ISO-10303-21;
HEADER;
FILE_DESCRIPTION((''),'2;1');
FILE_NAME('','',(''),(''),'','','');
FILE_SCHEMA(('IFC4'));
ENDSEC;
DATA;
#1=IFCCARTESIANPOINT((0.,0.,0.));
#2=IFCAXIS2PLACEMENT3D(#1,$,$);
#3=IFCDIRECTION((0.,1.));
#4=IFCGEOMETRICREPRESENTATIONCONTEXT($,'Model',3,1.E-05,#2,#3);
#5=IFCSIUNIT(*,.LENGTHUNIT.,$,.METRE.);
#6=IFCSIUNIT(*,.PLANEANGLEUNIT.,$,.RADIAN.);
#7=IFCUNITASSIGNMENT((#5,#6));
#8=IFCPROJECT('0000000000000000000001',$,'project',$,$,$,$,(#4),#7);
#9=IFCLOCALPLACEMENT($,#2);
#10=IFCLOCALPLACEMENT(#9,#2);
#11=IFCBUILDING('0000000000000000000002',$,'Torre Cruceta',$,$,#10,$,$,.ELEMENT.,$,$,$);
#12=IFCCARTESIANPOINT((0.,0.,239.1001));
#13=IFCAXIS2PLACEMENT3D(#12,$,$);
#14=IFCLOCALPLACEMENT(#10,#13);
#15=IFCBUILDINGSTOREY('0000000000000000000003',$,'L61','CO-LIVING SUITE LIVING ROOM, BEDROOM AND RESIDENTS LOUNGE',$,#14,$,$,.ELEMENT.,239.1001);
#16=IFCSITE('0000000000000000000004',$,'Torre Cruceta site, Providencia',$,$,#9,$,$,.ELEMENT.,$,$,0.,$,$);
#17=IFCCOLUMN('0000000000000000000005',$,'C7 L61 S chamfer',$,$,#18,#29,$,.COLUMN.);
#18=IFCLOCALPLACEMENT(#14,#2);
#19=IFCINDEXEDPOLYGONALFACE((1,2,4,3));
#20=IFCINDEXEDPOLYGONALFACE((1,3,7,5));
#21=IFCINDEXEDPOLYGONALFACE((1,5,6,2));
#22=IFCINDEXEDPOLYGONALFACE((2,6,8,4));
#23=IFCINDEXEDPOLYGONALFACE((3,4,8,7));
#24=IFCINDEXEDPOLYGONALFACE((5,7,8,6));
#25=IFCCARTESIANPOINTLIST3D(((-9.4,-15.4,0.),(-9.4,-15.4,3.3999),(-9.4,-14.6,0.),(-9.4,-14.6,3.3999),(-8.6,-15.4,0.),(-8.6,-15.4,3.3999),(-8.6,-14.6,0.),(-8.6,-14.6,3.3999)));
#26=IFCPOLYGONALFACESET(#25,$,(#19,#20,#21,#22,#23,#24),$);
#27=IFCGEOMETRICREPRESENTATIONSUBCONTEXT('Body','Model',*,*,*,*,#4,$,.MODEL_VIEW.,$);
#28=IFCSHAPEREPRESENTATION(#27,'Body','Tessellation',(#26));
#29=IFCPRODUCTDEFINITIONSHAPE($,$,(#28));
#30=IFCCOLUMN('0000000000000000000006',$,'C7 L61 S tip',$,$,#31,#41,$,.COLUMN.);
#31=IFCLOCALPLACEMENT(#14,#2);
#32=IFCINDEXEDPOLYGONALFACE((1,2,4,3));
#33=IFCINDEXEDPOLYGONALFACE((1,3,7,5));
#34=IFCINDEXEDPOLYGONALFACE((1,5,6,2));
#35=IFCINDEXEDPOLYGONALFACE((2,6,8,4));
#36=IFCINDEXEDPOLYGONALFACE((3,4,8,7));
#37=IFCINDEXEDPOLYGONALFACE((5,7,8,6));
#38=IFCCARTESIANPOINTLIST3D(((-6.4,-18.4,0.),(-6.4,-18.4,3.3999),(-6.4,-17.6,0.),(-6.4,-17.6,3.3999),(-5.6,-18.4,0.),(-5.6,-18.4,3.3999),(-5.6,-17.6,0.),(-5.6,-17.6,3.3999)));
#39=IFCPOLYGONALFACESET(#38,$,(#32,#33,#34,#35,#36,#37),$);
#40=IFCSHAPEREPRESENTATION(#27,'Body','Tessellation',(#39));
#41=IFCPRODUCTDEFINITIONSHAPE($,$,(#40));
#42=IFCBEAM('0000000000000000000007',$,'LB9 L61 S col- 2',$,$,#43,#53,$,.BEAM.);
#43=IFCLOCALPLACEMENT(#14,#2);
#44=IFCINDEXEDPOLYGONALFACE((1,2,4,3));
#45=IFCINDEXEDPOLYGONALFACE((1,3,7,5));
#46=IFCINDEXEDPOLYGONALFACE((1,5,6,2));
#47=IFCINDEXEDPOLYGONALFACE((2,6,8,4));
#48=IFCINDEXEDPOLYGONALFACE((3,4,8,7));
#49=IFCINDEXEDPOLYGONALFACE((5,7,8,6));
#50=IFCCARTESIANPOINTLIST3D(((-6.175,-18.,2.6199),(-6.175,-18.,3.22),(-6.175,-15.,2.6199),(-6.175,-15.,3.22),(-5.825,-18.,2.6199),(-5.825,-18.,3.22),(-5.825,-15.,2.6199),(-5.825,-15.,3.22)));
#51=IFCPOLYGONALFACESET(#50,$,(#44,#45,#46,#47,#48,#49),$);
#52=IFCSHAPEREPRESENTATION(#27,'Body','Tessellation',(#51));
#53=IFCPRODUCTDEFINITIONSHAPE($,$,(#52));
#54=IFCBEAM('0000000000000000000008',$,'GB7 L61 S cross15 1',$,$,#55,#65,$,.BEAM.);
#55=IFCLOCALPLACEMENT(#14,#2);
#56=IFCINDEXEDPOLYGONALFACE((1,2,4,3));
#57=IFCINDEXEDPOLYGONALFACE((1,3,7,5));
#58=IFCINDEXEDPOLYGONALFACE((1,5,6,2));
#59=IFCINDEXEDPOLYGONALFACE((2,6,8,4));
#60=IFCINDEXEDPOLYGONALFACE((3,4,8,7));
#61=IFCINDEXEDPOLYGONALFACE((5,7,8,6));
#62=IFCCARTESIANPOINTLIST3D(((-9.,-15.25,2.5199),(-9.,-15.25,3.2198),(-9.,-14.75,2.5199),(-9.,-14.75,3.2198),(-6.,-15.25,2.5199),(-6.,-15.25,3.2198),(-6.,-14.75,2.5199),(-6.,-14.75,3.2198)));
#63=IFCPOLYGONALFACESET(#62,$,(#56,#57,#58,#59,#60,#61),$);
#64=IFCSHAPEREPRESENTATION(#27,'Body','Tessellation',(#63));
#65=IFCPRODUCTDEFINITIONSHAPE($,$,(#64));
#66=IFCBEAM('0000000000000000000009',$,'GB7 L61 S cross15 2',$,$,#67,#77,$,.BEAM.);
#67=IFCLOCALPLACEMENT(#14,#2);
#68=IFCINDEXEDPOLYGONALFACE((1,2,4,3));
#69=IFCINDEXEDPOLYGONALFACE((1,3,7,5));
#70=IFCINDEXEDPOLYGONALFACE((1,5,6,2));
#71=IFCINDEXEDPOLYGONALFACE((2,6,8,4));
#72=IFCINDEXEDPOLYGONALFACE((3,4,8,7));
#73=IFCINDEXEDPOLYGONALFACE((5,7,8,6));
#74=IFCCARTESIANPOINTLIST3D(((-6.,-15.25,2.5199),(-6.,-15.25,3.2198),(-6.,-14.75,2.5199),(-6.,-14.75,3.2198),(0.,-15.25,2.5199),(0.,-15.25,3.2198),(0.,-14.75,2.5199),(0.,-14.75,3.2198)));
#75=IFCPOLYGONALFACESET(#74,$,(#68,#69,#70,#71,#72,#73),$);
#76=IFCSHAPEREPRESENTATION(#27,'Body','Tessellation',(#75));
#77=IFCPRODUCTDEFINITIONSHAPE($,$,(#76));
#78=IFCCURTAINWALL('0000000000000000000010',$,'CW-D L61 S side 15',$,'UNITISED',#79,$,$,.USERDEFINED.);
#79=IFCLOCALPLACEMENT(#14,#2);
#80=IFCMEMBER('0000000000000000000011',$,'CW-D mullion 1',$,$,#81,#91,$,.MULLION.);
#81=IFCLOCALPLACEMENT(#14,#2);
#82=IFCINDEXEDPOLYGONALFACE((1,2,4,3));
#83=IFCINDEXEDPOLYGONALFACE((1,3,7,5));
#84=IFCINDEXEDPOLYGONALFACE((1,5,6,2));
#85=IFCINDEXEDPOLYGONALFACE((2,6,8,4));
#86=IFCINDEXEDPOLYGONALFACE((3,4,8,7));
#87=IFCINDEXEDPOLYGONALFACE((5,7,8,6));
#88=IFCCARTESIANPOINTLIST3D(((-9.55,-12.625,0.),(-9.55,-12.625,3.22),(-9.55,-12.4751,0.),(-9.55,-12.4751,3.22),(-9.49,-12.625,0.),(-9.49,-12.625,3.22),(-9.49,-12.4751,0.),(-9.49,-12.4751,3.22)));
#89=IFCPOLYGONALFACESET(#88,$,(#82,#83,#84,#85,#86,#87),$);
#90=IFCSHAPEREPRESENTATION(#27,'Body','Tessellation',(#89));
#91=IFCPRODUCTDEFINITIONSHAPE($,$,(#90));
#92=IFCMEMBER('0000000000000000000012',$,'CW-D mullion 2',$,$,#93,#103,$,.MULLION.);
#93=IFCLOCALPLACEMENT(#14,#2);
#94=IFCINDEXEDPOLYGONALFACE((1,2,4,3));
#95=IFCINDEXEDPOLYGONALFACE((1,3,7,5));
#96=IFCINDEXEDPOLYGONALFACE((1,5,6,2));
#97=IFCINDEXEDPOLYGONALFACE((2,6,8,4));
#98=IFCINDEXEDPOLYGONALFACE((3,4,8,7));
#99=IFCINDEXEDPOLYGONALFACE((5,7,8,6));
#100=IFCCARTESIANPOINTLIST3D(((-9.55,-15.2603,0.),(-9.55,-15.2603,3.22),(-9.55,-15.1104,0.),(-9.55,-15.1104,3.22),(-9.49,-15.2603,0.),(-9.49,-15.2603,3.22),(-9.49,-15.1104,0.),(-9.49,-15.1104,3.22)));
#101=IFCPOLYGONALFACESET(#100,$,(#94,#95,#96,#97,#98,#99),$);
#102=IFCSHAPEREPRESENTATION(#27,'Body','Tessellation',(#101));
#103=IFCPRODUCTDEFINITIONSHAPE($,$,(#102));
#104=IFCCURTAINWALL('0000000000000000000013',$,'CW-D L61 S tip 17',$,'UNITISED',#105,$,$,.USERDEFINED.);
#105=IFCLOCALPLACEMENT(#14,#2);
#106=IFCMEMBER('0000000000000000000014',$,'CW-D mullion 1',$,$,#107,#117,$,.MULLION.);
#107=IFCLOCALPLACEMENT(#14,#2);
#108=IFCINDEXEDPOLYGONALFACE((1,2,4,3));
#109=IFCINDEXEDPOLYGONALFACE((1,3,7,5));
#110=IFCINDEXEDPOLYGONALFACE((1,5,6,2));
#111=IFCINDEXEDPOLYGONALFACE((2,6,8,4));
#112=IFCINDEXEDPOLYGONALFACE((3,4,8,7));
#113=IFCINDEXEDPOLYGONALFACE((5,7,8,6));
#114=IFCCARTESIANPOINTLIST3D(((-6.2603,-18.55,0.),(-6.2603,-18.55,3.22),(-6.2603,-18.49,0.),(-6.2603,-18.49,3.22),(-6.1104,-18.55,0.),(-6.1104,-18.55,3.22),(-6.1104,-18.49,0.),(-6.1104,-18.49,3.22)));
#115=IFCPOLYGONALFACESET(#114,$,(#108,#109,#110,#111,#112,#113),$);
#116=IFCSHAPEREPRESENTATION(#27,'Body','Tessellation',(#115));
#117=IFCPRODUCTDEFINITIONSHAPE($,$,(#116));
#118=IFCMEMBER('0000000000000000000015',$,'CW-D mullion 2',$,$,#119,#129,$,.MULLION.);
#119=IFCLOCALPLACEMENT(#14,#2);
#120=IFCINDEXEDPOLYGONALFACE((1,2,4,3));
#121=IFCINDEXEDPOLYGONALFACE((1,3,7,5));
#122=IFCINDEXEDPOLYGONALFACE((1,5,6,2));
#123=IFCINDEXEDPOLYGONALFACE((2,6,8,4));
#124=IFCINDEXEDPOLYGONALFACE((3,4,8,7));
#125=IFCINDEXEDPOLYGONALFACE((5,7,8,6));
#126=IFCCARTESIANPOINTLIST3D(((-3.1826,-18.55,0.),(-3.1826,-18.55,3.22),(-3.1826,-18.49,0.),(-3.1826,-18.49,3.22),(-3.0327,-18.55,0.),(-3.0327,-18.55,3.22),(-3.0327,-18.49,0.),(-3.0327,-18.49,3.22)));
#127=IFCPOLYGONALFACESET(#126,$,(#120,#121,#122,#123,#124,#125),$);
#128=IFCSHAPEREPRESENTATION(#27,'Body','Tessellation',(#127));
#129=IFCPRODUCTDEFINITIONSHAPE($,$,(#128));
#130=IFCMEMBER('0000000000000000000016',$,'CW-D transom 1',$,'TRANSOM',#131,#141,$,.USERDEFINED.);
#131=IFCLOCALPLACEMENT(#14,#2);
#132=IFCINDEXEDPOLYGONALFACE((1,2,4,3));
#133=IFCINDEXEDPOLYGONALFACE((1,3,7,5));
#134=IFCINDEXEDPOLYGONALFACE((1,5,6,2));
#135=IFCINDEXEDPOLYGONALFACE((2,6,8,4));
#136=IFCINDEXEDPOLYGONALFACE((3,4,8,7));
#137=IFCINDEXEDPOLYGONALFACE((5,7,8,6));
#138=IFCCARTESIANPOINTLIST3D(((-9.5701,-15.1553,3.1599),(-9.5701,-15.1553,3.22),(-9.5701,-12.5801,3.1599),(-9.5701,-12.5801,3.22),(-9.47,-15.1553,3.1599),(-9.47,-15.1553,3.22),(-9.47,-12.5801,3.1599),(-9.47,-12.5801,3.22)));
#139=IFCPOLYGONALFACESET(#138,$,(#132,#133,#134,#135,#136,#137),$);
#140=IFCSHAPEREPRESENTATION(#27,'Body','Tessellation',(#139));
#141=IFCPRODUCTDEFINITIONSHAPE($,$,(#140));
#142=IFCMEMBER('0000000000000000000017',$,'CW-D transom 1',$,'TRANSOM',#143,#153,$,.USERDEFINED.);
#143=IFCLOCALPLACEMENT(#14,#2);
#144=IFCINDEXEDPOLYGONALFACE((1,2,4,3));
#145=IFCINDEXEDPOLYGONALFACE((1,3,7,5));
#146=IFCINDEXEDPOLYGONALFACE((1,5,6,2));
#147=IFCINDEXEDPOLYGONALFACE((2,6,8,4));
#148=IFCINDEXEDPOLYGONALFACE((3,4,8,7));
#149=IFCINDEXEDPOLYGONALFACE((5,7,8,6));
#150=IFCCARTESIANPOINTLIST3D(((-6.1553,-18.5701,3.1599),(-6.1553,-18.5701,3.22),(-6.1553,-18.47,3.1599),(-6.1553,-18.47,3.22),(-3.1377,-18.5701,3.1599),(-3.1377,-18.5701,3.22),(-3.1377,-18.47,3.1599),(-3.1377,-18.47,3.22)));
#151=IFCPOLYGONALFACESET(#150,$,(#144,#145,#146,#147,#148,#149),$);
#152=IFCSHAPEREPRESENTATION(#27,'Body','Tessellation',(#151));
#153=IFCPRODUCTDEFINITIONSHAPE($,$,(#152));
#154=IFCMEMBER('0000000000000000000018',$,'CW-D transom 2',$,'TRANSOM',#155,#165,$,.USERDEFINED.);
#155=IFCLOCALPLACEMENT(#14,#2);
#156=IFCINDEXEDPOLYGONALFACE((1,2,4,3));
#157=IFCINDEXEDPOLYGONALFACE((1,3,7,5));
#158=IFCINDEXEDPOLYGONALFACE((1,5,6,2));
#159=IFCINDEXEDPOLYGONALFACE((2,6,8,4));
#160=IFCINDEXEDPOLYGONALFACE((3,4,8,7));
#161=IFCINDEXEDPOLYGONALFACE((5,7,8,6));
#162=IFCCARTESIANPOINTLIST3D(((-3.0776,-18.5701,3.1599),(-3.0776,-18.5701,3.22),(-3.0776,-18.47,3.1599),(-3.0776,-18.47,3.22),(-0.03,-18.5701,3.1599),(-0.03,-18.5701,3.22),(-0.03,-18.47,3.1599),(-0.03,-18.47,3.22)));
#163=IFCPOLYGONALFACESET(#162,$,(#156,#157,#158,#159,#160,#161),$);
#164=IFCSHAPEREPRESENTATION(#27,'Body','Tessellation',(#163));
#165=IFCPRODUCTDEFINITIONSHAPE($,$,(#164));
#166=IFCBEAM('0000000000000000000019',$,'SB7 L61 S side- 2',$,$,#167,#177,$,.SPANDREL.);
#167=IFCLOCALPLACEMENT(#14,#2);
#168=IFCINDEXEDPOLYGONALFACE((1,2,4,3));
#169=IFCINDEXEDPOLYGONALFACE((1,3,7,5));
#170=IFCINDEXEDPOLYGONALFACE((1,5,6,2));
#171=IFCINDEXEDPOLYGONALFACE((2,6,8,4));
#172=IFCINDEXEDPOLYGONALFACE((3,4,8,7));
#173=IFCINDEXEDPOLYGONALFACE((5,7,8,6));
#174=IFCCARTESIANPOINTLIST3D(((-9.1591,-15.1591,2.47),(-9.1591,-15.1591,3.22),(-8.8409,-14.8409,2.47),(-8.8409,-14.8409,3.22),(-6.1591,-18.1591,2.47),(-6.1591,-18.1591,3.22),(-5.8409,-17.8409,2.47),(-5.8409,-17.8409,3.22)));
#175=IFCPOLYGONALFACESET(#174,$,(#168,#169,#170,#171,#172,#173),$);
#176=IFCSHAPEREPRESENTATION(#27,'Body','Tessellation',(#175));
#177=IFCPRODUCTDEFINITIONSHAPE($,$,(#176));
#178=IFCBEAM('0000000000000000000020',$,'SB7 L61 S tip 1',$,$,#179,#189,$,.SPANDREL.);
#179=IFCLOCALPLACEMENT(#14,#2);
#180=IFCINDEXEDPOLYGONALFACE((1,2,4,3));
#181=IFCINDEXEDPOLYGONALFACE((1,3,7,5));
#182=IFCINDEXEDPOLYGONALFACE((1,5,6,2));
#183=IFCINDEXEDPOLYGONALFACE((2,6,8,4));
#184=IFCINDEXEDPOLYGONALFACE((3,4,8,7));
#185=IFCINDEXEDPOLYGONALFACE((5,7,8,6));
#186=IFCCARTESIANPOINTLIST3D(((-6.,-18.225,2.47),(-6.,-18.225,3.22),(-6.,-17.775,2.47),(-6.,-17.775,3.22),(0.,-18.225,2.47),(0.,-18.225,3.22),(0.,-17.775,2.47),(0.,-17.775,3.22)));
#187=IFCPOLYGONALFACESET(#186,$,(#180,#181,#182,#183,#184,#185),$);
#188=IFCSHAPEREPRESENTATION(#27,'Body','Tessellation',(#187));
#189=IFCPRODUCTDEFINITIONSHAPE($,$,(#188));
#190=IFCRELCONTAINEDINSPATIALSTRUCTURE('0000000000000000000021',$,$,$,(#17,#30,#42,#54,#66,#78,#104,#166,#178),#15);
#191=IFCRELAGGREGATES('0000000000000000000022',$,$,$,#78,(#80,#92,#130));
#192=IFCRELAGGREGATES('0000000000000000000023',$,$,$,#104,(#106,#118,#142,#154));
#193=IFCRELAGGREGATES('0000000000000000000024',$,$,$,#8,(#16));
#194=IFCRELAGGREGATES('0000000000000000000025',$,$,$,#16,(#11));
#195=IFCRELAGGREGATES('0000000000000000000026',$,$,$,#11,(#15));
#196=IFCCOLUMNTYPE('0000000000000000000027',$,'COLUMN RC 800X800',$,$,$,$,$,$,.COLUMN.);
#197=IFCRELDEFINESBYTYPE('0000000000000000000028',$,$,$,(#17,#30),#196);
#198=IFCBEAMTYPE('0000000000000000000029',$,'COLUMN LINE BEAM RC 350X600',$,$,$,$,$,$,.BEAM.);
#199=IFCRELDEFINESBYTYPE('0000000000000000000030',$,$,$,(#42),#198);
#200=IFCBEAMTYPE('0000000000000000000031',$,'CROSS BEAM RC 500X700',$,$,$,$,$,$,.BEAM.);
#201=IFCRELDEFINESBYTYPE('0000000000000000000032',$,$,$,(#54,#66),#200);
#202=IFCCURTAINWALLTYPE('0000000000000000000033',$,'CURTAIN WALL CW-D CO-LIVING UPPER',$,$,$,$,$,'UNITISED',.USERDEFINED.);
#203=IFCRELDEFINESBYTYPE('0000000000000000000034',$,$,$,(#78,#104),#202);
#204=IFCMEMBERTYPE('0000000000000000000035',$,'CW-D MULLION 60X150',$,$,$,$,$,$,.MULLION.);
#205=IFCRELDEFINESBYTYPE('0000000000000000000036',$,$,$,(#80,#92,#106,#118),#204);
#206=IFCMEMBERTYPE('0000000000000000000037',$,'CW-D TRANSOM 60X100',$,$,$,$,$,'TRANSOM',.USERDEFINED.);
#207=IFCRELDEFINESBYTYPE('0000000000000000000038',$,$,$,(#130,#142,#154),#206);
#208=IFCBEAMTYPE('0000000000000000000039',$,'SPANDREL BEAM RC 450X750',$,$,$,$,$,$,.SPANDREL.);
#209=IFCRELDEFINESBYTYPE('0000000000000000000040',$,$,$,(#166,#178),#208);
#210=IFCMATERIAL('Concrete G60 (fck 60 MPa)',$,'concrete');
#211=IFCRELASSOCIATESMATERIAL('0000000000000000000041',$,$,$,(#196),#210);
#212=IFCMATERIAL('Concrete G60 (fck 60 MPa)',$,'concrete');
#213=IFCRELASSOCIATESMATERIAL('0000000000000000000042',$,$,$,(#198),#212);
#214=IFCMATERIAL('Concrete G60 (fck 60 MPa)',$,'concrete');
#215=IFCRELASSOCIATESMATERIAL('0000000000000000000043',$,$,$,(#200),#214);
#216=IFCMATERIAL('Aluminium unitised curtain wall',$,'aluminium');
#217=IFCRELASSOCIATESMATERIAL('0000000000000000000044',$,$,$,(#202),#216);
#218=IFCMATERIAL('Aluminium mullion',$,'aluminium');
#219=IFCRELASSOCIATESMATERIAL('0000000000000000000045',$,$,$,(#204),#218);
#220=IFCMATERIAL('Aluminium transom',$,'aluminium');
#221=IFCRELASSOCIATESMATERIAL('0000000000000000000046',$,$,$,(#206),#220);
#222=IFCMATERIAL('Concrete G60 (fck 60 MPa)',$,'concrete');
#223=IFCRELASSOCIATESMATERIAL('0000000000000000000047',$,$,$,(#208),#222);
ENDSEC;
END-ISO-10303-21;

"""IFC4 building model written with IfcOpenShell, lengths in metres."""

from ifc_helpers import new_model, si_unit, direction, frame, origin, origin_2d, place, context, subcontext, project, spatial, rectangle, extrude, material, material_profile, profile_set, type_object, element, aggregate, save


model = new_model("IFC4")

# Units and contexts
model_context = context("Model", 3, precision=1e-05, world=origin(), true_north=direction((0.0, 1.0)))
body_context = subcontext(model_context, "Body", "Model", "MODEL_VIEW")
ifc_project = project(units=[si_unit("LENGTHUNIT", "METRE"), si_unit("PLANEANGLEUNIT", "RADIAN")], contexts=[model_context])

# Site, building, storey
site_placement = place(None, origin())
site = spatial("IfcSite", under=ifc_project, at=site_placement, Name="Torre Cruceta site, Providencia", CompositionType="ELEMENT", RefElevation=0.0)
building_placement = place(site_placement, origin())
building = spatial("IfcBuilding", under=site, at=building_placement, Name="Torre Cruceta", CompositionType="ELEMENT")
storey_placement = place(building_placement, frame((0.0, 0.0, 239.1001)))
storey = spatial("IfcBuildingStorey", under=building, at=storey_placement, Name="L61", Description="CO-LIVING SUITE LIVING ROOM, BEDROOM AND RESIDENTS LOUNGE", CompositionType="ELEMENT", Elevation=239.1001)

# Columns
ifc_material_1 = material(Name="Concrete G60 (fck 60 MPa)", Category="concrete")
ifc_material_profile_1 = material_profile(ifc_material_1, rectangle(XDim=0.8, YDim=0.8, at=origin_2d()), Name="RC 800X800")
ifc_profile_set_1 = profile_set([ifc_material_profile_1], Name="Concrete G60 (fck 60 MPa)")
column_type = type_object("IfcColumnType", Name="COLUMN RC 800X800", PredefinedType="COLUMN", material=ifc_profile_set_1)
for number, where, z_axis, x_axis, name in (
    (1, (-9.0, -15.0, 0.0), (0.0, 0.0, 1.0), (1.0, 0.0, 0.0), "C7 L61 S chamfer"),
    (2, (-6.0, -18.0, 0.0), (0.0, 0.0, 1.0), (1.0, 0.0, 0.0), "C7 L61 S tip"),
):
    element("IfcColumn", number, at=place(storey_placement, frame(where, z_axis=z_axis, x_axis=x_axis)), inside=storey, type_object=column_type, Name=name, PredefinedType="COLUMN", context=body_context, shape_type="SweptSolid", body=[
        extrude(rectangle(XDim=0.8, YDim=0.8, at=origin_2d()), origin(), (0.0, 0.0, 1.0), 3.3999),
    ])

# Beams
ifc_material_2 = material(Name="Concrete G60 (fck 60 MPa)", Category="concrete")
ifc_material_profile_2 = material_profile(ifc_material_2, rectangle(XDim=0.3501, YDim=0.6001, at=origin_2d()), Name="RC 350X600")
ifc_profile_set_2 = profile_set([ifc_material_profile_2], Name="Concrete G60 (fck 60 MPa)")
beam_type_1 = type_object("IfcBeamType", Name="COLUMN LINE BEAM RC 350X600", PredefinedType="BEAM", material=ifc_profile_set_2)
beam_1_placement = place(storey_placement, frame((-6.0, -15.0, 2.9199), z_axis=(0.0, -1.0, 0.0), x_axis=(1.0, 0.0, 0.0)))
element("IfcBeam", 3, at=beam_1_placement, inside=storey, type_object=beam_type_1, Name="LB9 L61 S col- 2", PredefinedType="BEAM", context=body_context, shape_type="SweptSolid", body=[
    extrude(rectangle(XDim=0.3501, YDim=0.6001, at=origin_2d()), origin(), (0.0, 0.0, 1.0), 3.0),
])
ifc_material_3 = material(Name="Concrete G60 (fck 60 MPa)", Category="concrete")
ifc_material_profile_3 = material_profile(ifc_material_3, rectangle(XDim=0.5, YDim=0.7, at=origin_2d()), Name="RC 500X700")
ifc_profile_set_3 = profile_set([ifc_material_profile_3], Name="Concrete G60 (fck 60 MPa)")
beam_type_2 = type_object("IfcBeamType", Name="CROSS BEAM RC 500X700", PredefinedType="BEAM", material=ifc_profile_set_3)
beam_2_placement = place(storey_placement, frame((-9.0, -15.0, 2.8699), z_axis=(1.0, 0.0, 0.0), x_axis=(0.0, 1.0, 0.0)))
element("IfcBeam", 4, at=beam_2_placement, inside=storey, type_object=beam_type_2, Name="GB7 L61 S cross15 1", PredefinedType="BEAM", context=body_context, shape_type="SweptSolid", body=[
    extrude(rectangle(XDim=0.5, YDim=0.7, at=origin_2d()), origin(), (0.0, 0.0, 1.0), 3.0),
])
beam_3_placement = place(storey_placement, frame((-6.0, -15.0, 2.8699), z_axis=(1.0, 0.0, 0.0), x_axis=(0.0, 1.0, 0.0)))
element("IfcBeam", 5, at=beam_3_placement, inside=storey, type_object=beam_type_2, Name="GB7 L61 S cross15 2", PredefinedType="BEAM", context=body_context, shape_type="SweptSolid", body=[
    extrude(rectangle(XDim=0.5, YDim=0.7, at=origin_2d()), origin(), (0.0, 0.0, 1.0), 6.0),
])

# Curtain walls, members
ifc_material_4 = material(Name="Aluminium unitised curtain wall", Category="aluminium")
curtain_wall_type = type_object("IfcCurtainWallType", Name="CURTAIN WALL CW-D CO-LIVING UPPER", ElementType="UNITISED", PredefinedType="USERDEFINED", material=ifc_material_4)
curtain_wall_1_placement = place(storey_placement, origin())
curtain_wall_1 = element("IfcCurtainWall", 6, at=curtain_wall_1_placement, inside=storey, type_object=curtain_wall_type, Name="CW-D L61 S side 15", ObjectType="UNITISED", PredefinedType="USERDEFINED")
ifc_material_5 = material(Name="Aluminium mullion", Category="aluminium")
ifc_material_profile_4 = material_profile(ifc_material_5, rectangle(XDim=0.0601, YDim=0.1499, at=origin_2d()), Name="AL 60X150")
ifc_profile_set_4 = profile_set([ifc_material_profile_4], Name="Aluminium mullion")
member_type_1 = type_object("IfcMemberType", Name="CW-D MULLION 60X150", PredefinedType="MULLION", material=ifc_profile_set_4)
member_1_placement = place(storey_placement, frame((-9.52, -12.55, 0.0), z_axis=(0.0, 0.0, 1.0), x_axis=(1.0, 0.0, 0.0)))
member_1 = element("IfcMember", 7, at=member_1_placement, type_object=member_type_1, Name="CW-D mullion 1", PredefinedType="MULLION", context=body_context, shape_type="SweptSolid", body=[
    extrude(rectangle(XDim=0.0601, YDim=0.1499, at=origin_2d()), origin(), (0.0, 0.0, 1.0), 3.22),
])
member_2_placement = place(storey_placement, frame((-9.52, -15.1853, 0.0), z_axis=(0.0, 0.0, 1.0), x_axis=(1.0, 0.0, 0.0)))
member_2 = element("IfcMember", 8, at=member_2_placement, type_object=member_type_1, Name="CW-D mullion 2", PredefinedType="MULLION", context=body_context, shape_type="SweptSolid", body=[
    extrude(rectangle(XDim=0.0601, YDim=0.1499, at=origin_2d()), origin(), (0.0, 0.0, 1.0), 3.22),
])
curtain_wall_2_placement = place(storey_placement, origin())
curtain_wall_2 = element("IfcCurtainWall", 9, at=curtain_wall_2_placement, inside=storey, type_object=curtain_wall_type, Name="CW-D L61 S tip 17", ObjectType="UNITISED", PredefinedType="USERDEFINED")
member_3_placement = place(storey_placement, frame((-6.1853, -18.52, 0.0), z_axis=(0.0, 0.0, 1.0), x_axis=(0.0, 1.0, 0.0)))
member_3 = element("IfcMember", 10, at=member_3_placement, type_object=member_type_1, Name="CW-D mullion 1", PredefinedType="MULLION", context=body_context, shape_type="SweptSolid", body=[
    extrude(rectangle(XDim=0.0601, YDim=0.1499, at=origin_2d()), origin(), (0.0, 0.0, 1.0), 3.22),
])
member_4_placement = place(storey_placement, frame((-3.1077, -18.52, 0.0), z_axis=(0.0, 0.0, 1.0), x_axis=(0.0, 1.0, 0.0)))
member_4 = element("IfcMember", 11, at=member_4_placement, type_object=member_type_1, Name="CW-D mullion 2", PredefinedType="MULLION", context=body_context, shape_type="SweptSolid", body=[
    extrude(rectangle(XDim=0.0601, YDim=0.1499, at=origin_2d()), origin(), (0.0, 0.0, 1.0), 3.22),
])

# Members
ifc_material_6 = material(Name="Aluminium transom", Category="aluminium")
ifc_material_profile_5 = material_profile(ifc_material_6, rectangle(XDim=0.1001, YDim=0.0601, at=origin_2d()), Name="AL 100X60")
ifc_profile_set_5 = profile_set([ifc_material_profile_5], Name="Aluminium transom")
member_type_2 = type_object("IfcMemberType", Name="CW-D TRANSOM 60X100", ElementType="TRANSOM", PredefinedType="USERDEFINED", material=ifc_profile_set_5)
member_5_placement = place(storey_placement, frame((-9.52, -12.5801, 3.1899), z_axis=(0.0, -1.0, 0.0), x_axis=(1.0, 0.0, 0.0)))
member_5 = element("IfcMember", 12, at=member_5_placement, type_object=member_type_2, Name="CW-D transom 1", ObjectType="TRANSOM", PredefinedType="USERDEFINED", context=body_context, shape_type="SweptSolid", body=[
    extrude(rectangle(XDim=0.1001, YDim=0.0601, at=origin_2d()), origin(), (0.0, 0.0, 1.0), 2.5752),
])
member_6_placement = place(storey_placement, frame((-6.1553, -18.52, 3.1899), z_axis=(1.0, 0.0, 0.0), x_axis=(0.0, 1.0, 0.0)))
member_6 = element("IfcMember", 13, at=member_6_placement, type_object=member_type_2, Name="CW-D transom 1", ObjectType="TRANSOM", PredefinedType="USERDEFINED", context=body_context, shape_type="SweptSolid", body=[
    extrude(rectangle(XDim=0.1001, YDim=0.0601, at=origin_2d()), origin(), (0.0, 0.0, 1.0), 3.0176),
])
member_7_placement = place(storey_placement, frame((-3.0776, -18.52, 3.1899), z_axis=(1.0, 0.0, 0.0), x_axis=(0.0, 1.0, 0.0)))
member_7 = element("IfcMember", 14, at=member_7_placement, type_object=member_type_2, Name="CW-D transom 2", ObjectType="TRANSOM", PredefinedType="USERDEFINED", context=body_context, shape_type="SweptSolid", body=[
    extrude(rectangle(XDim=0.1001, YDim=0.0601, at=origin_2d()), origin(), (0.0, 0.0, 1.0), 3.0476),
])

# Beams
ifc_material_7 = material(Name="Concrete G60 (fck 60 MPa)", Category="concrete")
ifc_material_profile_6 = material_profile(ifc_material_7, rectangle(XDim=0.45, YDim=0.75, at=origin_2d()), Name="RC 450X750")
ifc_profile_set_6 = profile_set([ifc_material_profile_6], Name="Concrete G60 (fck 60 MPa)")
beam_type_3 = type_object("IfcBeamType", Name="SPANDREL BEAM RC 450X750", PredefinedType="SPANDREL", material=ifc_profile_set_6)
beam_4_placement = place(storey_placement, frame((-9.0, -15.0, 2.845), z_axis=(0.707107, -0.707107, 0.0), x_axis=(0.707107, 0.707107, 0.0)))
element("IfcBeam", 15, at=beam_4_placement, inside=storey, type_object=beam_type_3, Name="SB7 L61 S side- 2", PredefinedType="SPANDREL", context=body_context, shape_type="SweptSolid", body=[
    extrude(rectangle(XDim=0.45, YDim=0.75, at=origin_2d()), origin(), (0.0, 0.0, 1.0), 4.2427),
])
beam_5_placement = place(storey_placement, frame((-6.0, -18.0, 2.845), z_axis=(1.0, 0.0, 0.0), x_axis=(0.0, 1.0, 0.0)))
element("IfcBeam", 16, at=beam_5_placement, inside=storey, type_object=beam_type_3, Name="SB7 L61 S tip 1", PredefinedType="SPANDREL", context=body_context, shape_type="SweptSolid", body=[
    extrude(rectangle(XDim=0.45, YDim=0.75, at=origin_2d()), origin(), (0.0, 0.0, 1.0), 6.0),
])

aggregate(curtain_wall_1, [member_1, member_2, member_5])
aggregate(curtain_wall_2, [member_3, member_4, member_6, member_7])

save(model, "model.ifc")
